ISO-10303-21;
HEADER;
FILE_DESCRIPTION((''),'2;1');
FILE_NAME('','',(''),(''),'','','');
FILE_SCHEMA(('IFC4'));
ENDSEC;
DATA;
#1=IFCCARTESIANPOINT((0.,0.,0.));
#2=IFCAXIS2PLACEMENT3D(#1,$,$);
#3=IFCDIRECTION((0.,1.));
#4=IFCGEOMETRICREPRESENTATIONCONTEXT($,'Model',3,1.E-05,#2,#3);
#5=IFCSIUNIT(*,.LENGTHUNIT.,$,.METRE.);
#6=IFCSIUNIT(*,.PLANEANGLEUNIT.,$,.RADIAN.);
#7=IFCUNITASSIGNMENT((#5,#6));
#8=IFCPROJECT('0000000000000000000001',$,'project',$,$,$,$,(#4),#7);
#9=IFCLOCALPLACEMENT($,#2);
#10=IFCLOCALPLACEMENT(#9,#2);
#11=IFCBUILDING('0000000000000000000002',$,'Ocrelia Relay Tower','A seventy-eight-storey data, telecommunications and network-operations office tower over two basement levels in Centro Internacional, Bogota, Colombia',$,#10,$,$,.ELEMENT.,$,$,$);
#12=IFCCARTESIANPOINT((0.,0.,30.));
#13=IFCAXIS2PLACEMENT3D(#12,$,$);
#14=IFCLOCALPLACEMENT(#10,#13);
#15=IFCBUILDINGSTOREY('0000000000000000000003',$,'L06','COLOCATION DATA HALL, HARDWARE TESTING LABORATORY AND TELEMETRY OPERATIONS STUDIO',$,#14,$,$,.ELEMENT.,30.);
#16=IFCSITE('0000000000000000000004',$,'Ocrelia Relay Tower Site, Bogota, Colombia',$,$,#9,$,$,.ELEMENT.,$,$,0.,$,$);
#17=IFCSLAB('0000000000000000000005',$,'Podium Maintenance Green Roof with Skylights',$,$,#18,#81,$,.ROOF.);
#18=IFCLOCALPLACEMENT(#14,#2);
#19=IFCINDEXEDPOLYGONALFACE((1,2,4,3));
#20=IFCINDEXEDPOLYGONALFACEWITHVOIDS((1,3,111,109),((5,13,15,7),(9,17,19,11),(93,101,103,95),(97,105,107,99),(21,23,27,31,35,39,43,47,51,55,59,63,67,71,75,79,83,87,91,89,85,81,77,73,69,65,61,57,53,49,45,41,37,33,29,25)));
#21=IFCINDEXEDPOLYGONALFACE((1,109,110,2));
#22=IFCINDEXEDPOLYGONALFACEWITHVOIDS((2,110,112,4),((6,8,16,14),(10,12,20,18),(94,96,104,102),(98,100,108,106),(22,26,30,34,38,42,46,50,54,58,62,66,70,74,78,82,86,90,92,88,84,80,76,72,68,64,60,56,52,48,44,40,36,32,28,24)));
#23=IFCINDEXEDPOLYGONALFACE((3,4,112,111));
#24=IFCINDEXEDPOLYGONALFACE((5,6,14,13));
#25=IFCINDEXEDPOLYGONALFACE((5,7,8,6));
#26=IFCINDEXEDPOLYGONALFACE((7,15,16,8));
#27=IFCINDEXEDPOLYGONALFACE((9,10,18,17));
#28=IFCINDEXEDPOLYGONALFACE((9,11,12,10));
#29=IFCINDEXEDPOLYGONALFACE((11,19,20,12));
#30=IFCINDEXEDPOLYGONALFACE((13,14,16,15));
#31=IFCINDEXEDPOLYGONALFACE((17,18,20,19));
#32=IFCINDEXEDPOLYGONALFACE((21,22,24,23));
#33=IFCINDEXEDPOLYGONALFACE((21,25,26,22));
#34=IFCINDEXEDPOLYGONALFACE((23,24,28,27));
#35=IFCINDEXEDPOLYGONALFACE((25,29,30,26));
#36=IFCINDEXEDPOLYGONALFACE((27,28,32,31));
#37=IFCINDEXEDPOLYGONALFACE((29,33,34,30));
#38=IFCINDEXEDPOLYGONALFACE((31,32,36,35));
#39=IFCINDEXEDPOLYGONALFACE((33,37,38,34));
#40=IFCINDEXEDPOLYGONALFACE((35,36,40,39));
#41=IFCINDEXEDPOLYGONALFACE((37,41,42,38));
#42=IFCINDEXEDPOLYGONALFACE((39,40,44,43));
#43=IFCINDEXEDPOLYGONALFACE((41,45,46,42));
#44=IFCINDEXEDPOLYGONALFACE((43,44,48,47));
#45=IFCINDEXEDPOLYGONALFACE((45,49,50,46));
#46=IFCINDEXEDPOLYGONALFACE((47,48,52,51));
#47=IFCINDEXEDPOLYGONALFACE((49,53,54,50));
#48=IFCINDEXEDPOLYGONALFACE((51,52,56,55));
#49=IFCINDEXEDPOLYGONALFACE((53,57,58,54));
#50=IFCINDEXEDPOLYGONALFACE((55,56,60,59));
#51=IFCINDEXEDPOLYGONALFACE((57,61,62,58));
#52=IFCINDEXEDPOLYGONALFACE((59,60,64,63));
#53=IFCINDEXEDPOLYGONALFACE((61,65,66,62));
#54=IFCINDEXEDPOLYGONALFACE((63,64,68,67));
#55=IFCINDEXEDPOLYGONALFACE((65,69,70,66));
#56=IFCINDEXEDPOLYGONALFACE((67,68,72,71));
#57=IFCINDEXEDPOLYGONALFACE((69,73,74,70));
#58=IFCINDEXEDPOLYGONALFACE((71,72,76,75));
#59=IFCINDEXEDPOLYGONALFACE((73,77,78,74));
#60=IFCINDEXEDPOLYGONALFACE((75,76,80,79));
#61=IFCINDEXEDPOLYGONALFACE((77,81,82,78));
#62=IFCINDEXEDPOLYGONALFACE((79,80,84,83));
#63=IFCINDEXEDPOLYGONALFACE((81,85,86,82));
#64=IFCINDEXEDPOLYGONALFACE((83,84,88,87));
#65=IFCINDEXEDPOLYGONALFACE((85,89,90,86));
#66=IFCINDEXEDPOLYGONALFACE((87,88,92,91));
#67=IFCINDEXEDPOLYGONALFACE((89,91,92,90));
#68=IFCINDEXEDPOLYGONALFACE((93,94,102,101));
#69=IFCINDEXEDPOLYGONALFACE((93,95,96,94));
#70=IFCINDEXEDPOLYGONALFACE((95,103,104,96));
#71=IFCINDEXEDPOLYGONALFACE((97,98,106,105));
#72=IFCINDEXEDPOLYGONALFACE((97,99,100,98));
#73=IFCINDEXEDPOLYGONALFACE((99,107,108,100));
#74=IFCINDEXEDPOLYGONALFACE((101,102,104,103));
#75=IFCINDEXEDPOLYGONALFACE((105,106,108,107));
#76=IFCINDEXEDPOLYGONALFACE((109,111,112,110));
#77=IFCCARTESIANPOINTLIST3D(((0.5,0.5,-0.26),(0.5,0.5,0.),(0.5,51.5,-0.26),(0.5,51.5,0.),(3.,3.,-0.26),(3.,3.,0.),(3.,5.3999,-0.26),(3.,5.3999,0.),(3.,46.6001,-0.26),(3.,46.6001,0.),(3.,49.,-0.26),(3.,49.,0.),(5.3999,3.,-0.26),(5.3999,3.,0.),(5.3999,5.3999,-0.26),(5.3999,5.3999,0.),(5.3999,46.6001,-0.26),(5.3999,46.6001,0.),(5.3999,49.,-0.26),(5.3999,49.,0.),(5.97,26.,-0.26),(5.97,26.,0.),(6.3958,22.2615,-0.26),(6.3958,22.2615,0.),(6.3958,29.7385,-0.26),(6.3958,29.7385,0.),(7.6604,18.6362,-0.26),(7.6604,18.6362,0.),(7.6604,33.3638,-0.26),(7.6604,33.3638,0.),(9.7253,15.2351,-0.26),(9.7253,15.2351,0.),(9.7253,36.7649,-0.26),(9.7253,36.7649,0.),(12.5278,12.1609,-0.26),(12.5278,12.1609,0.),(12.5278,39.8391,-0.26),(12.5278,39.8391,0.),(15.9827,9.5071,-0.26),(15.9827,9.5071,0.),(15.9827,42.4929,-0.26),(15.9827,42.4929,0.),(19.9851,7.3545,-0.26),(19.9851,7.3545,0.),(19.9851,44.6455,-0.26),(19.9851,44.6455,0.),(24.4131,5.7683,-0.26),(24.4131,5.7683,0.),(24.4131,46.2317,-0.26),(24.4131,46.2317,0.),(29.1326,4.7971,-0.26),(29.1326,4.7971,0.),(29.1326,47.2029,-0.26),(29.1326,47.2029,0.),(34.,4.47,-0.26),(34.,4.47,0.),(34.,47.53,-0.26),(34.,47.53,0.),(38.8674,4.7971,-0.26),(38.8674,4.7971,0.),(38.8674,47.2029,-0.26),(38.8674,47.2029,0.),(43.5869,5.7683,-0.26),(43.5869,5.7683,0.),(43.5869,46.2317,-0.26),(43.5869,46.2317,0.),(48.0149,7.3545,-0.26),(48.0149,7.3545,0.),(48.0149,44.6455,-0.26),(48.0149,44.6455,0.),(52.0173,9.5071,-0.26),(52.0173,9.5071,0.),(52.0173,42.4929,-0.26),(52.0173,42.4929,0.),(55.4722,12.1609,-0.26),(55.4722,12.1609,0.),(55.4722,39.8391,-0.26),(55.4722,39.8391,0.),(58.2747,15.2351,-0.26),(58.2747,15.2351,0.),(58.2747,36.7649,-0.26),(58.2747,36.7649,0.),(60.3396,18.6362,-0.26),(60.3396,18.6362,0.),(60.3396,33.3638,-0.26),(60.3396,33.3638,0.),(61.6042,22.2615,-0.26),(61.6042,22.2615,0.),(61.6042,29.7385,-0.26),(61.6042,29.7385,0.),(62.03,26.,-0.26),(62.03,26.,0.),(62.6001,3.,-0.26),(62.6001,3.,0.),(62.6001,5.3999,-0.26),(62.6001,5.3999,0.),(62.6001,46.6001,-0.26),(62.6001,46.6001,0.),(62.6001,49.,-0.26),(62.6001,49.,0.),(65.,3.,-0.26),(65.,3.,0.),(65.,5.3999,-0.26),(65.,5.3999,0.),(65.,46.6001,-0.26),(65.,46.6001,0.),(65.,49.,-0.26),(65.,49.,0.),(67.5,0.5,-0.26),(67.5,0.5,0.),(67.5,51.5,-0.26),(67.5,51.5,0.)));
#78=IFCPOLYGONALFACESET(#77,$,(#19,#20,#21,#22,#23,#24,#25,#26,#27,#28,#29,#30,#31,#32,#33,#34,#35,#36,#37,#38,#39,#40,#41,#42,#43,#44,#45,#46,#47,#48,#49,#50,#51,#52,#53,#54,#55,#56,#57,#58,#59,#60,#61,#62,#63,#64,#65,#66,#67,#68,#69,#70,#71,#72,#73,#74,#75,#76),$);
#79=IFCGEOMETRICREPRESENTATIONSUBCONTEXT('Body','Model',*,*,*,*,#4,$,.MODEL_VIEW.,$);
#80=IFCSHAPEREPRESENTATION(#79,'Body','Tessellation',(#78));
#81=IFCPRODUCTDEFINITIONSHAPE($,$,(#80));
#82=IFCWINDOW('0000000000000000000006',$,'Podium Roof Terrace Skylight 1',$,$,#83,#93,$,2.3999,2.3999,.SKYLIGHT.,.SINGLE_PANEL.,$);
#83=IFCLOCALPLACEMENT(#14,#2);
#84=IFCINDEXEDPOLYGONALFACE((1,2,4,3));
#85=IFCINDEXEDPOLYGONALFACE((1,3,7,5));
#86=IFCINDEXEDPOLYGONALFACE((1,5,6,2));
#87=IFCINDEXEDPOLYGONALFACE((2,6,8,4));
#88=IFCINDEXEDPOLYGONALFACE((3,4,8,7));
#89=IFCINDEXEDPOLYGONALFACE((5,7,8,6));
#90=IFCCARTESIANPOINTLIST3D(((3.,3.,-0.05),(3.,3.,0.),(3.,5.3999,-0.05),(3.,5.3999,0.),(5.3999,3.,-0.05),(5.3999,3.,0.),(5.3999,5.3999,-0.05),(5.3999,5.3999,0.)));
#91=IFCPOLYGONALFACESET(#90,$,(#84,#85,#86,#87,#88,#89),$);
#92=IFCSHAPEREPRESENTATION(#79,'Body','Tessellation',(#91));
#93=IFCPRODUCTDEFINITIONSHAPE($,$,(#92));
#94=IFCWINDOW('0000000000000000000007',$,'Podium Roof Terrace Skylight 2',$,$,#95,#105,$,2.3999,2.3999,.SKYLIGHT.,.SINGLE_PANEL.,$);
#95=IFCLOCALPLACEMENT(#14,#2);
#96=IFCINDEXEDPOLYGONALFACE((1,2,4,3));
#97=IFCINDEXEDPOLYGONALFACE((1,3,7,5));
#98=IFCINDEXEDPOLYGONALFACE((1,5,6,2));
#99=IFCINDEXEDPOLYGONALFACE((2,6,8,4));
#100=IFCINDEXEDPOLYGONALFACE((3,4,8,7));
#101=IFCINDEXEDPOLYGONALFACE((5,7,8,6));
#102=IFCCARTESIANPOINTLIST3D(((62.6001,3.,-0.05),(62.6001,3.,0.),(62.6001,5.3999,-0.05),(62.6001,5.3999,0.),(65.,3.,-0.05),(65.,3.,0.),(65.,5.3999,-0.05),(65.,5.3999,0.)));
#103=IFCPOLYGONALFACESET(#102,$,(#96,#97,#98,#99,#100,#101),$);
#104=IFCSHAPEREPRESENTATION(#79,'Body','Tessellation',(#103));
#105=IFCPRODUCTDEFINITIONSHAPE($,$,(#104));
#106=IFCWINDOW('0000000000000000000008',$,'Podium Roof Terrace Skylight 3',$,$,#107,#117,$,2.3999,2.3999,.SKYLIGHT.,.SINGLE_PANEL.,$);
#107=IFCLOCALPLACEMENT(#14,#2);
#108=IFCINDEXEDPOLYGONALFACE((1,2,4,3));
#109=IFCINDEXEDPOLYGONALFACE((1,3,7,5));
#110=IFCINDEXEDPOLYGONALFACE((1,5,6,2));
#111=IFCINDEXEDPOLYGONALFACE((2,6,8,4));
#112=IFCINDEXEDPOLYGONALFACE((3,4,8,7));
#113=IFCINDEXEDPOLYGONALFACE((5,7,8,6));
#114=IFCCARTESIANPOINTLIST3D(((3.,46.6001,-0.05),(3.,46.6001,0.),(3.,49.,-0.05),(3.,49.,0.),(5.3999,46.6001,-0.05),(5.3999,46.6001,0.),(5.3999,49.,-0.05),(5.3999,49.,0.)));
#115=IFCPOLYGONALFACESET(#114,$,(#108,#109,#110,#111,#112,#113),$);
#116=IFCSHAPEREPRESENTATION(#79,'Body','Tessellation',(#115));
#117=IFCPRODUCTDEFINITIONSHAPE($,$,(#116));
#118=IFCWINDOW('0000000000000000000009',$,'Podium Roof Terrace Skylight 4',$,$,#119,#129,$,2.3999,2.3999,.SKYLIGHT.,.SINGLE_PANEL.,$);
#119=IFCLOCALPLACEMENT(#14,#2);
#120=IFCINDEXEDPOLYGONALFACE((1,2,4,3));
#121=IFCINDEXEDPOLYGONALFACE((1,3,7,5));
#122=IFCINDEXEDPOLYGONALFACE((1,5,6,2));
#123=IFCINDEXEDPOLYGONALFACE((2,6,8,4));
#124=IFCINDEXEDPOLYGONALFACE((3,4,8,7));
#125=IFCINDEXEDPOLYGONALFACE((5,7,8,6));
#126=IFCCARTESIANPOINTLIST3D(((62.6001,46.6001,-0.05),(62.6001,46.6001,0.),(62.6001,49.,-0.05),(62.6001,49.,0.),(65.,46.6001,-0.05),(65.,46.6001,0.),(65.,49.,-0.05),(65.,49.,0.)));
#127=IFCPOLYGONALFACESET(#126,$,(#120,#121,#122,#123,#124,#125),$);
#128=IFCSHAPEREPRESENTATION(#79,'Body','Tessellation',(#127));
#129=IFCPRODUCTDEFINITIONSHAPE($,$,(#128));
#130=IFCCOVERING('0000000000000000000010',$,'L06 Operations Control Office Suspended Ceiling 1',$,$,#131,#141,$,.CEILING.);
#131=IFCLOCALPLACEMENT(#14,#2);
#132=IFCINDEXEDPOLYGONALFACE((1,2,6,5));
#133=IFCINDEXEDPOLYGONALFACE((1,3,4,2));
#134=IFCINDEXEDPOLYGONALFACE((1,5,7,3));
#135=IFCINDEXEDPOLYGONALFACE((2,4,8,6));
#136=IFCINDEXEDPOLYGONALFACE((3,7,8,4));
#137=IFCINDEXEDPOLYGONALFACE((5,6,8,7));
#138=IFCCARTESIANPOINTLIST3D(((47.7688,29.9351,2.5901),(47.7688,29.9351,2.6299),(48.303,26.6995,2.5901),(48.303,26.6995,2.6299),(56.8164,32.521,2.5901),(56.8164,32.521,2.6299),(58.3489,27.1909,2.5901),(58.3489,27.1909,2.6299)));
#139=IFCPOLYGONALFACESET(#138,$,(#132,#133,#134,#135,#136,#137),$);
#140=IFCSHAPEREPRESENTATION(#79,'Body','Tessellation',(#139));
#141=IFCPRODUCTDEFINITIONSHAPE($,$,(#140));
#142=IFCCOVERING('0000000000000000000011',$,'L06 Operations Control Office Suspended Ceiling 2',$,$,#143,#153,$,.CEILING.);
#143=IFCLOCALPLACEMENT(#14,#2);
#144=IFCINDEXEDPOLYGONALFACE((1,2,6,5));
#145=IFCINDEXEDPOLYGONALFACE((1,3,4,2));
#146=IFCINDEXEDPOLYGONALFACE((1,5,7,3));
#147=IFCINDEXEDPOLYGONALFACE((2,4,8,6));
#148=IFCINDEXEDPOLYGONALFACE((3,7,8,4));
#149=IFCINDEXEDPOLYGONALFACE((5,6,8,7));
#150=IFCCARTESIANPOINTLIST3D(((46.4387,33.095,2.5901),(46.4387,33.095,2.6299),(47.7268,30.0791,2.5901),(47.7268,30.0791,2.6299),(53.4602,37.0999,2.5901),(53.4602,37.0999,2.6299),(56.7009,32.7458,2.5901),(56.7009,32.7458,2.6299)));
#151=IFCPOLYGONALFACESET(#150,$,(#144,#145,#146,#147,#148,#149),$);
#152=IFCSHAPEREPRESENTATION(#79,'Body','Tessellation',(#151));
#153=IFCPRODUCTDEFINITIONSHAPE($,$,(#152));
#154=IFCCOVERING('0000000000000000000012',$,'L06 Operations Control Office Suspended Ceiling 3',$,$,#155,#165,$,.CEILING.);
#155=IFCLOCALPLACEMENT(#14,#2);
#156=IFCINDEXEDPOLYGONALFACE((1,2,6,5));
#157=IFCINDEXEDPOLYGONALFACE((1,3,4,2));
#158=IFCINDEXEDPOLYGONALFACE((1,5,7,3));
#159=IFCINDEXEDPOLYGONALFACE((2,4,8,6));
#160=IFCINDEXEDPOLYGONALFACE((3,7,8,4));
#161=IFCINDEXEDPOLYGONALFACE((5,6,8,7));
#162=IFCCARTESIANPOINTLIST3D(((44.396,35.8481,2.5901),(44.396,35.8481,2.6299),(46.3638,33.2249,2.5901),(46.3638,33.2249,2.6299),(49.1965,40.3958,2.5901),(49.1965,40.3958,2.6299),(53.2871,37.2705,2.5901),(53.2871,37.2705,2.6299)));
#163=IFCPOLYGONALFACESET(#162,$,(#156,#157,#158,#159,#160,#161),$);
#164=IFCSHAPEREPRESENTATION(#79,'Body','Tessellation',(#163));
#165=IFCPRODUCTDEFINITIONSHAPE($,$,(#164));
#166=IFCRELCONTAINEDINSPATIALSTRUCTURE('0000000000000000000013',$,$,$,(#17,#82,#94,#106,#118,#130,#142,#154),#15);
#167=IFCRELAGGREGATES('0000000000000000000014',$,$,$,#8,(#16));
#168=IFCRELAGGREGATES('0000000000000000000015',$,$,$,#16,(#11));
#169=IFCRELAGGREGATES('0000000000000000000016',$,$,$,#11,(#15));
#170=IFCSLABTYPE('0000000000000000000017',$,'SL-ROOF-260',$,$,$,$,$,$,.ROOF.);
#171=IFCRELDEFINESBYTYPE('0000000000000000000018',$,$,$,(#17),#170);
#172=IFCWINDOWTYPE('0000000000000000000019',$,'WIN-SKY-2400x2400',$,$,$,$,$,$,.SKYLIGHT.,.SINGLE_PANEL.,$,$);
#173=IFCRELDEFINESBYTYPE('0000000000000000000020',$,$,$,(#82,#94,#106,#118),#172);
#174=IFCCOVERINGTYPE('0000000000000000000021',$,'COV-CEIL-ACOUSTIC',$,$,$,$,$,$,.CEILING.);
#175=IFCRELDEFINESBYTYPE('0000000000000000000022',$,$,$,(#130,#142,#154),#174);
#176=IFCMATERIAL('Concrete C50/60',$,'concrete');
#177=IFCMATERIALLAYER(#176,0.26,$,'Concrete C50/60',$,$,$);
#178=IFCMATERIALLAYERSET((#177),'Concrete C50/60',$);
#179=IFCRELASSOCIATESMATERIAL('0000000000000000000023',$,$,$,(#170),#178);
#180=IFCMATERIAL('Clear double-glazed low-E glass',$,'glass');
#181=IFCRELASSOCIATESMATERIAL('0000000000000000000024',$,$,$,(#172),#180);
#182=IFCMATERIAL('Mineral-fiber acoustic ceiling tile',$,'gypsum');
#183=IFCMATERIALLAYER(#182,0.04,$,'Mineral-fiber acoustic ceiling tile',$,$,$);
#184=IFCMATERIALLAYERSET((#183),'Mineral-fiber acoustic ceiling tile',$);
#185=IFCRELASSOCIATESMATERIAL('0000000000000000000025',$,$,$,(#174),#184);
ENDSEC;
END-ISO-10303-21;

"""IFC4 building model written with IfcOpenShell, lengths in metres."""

from ifc_helpers import new_model, si_unit, direction, frame, origin, origin_2d, place, context, subcontext, project, spatial, polyline, rectangle, outline, extrude, material, layer, layer_set, type_object, element, fill, save


model = new_model("IFC4")

# Units and contexts
model_context = context("Model", 3, precision=1e-05, world=origin(), true_north=direction((0.0, 1.0)))
body_context = subcontext(model_context, "Body", "Model", "MODEL_VIEW")
ifc_project = project(units=[si_unit("LENGTHUNIT", "METRE"), si_unit("PLANEANGLEUNIT", "RADIAN")], contexts=[model_context])

# Site, building, storey
site_placement = place(None, origin())
site = spatial("IfcSite", under=ifc_project, at=site_placement, Name="Ocrelia Relay Tower Site, Bogota, Colombia", CompositionType="ELEMENT", RefElevation=0.0)
building_placement = place(site_placement, origin())
building = spatial("IfcBuilding", under=site, at=building_placement, Name="Ocrelia Relay Tower", Description="A seventy-eight-storey data, telecommunications and network-operations office tower over two basement levels in Centro Internacional, Bogota, Colombia", CompositionType="ELEMENT")
storey_placement = place(building_placement, frame((0.0, 0.0, 30.0)))
storey = spatial("IfcBuildingStorey", under=building, at=storey_placement, Name="L06", Description="COLOCATION DATA HALL, HARDWARE TESTING LABORATORY AND TELEMETRY OPERATIONS STUDIO", CompositionType="ELEMENT", Elevation=30.0)

# Shared definitions
ifc_material_1 = material(Name="Concrete C50/60", Category="concrete")

# Slab, openings, windows
ifc_layer_1 = layer(ifc_material_1, 0.26, Name="Concrete C50/60")
ifc_layer_set_1 = layer_set([ifc_layer_1], Name="Concrete C50/60")
slab_type_1 = type_object("IfcSlabType", Name="SL-ROOF-260", PredefinedType="ROOF", material=ifc_layer_set_1)
slab_1_placement = place(storey_placement, frame((0.0, 0.0, -0.26)))
slab_1 = element("IfcSlab", 1, at=slab_1_placement, inside=storey, type_object=slab_type_1, Name="Podium Maintenance Green Roof with Skylights", PredefinedType="ROOF", context=body_context, shape_type="SweptSolid", body=[
    extrude(outline(polyline([(0.5, 0.5), (67.5, 0.5), (67.5, 51.5), (0.5, 51.5), (0.5, 0.5)]), holes=[polyline([(62.03, 26.0), (61.6042, 29.7385), (60.3396, 33.3638), (58.2747, 36.7649), (55.4722, 39.8391), (52.0173, 42.4929), (48.0149, 44.6455), (43.5869, 46.2317), (38.8674, 47.2029), (34.0, 47.53), (29.1326, 47.2029), (24.4131, 46.2317), (19.9851, 44.6455), (15.9827, 42.4929), (12.5278, 39.8391), (9.7253, 36.7649), (7.6604, 33.3638), (6.3958, 29.7385), (5.97, 26.0), (6.3958, 22.2615), (7.6604, 18.6362), (9.7253, 15.2351), (12.5278, 12.1609), (15.9827, 9.5071), (19.9851, 7.3545), (24.4131, 5.7683), (29.1326, 4.7971), (34.0, 4.47), (38.8674, 4.7971), (43.5869, 5.7683), (48.0149, 7.3545), (52.0173, 9.5071), (55.4722, 12.1609), (58.2747, 15.2351), (60.3396, 18.6362), (61.6042, 22.2615), (62.03, 26.0)]), polyline([(3.0, 3.0), (5.3999, 3.0), (5.3999, 5.3999), (3.0, 5.3999), (3.0, 3.0)]), polyline([(62.6001, 3.0), (65.0, 3.0), (65.0, 5.3999), (62.6001, 5.3999), (62.6001, 3.0)]), polyline([(3.0, 46.6001), (5.3999, 46.6001), (5.3999, 49.0), (3.0, 49.0), (3.0, 46.6001)]), polyline([(62.6001, 46.6001), (65.0, 46.6001), (65.0, 49.0), (62.6001, 49.0), (62.6001, 46.6001)])]), origin(), (0.0, 0.0, 1.0), 0.26),
])
opening_1_placement = place(slab_1_placement, frame((4.2, 4.2, 0.0)))
opening_1 = element("IfcOpeningElement", 2, at=opening_1_placement, cuts=slab_1, PredefinedType="OPENING", context=body_context, shape_type="SweptSolid", body=[
    extrude(rectangle(XDim=2.3999, YDim=2.3999, at=origin_2d()), frame((0.0, 0.0, -0.01)), (0.0, 0.0, 1.0), 0.28),
])
opening_2_placement = place(slab_1_placement, frame((63.8, 4.2, 0.0)))
opening_2 = element("IfcOpeningElement", 3, at=opening_2_placement, cuts=slab_1, PredefinedType="OPENING", context=body_context, shape_type="SweptSolid", body=[
    extrude(rectangle(XDim=2.3999, YDim=2.3999, at=origin_2d()), frame((0.0, 0.0, -0.01)), (0.0, 0.0, 1.0), 0.28),
])
opening_3_placement = place(slab_1_placement, frame((4.2, 47.8, 0.0)))
opening_3 = element("IfcOpeningElement", 4, at=opening_3_placement, cuts=slab_1, PredefinedType="OPENING", context=body_context, shape_type="SweptSolid", body=[
    extrude(rectangle(XDim=2.3999, YDim=2.3999, at=origin_2d()), frame((0.0, 0.0, -0.01)), (0.0, 0.0, 1.0), 0.28),
])
opening_4_placement = place(slab_1_placement, frame((63.8, 47.8, 0.0)))
opening_4 = element("IfcOpeningElement", 5, at=opening_4_placement, cuts=slab_1, PredefinedType="OPENING", context=body_context, shape_type="SweptSolid", body=[
    extrude(rectangle(XDim=2.3999, YDim=2.3999, at=origin_2d()), frame((0.0, 0.0, -0.01)), (0.0, 0.0, 1.0), 0.28),
])
ifc_material_2 = material(Name="Clear double-glazed low-E glass", Category="glass")
window_type = type_object("IfcWindowType", Name="WIN-SKY-2400x2400", PartitioningType="SINGLE_PANEL", PredefinedType="SKYLIGHT", material=ifc_material_2)
window_1_placement = place(opening_1_placement, frame((0.0, 0.0, 0.21)))
window_1 = element("IfcWindow", 6, at=window_1_placement, inside=storey, type_object=window_type, Name="Podium Roof Terrace Skylight 1", OverallHeight=2.3999, OverallWidth=2.3999, PartitioningType="SINGLE_PANEL", PredefinedType="SKYLIGHT", context=body_context, shape_type="SweptSolid", body=[
    extrude(rectangle(XDim=2.3999, YDim=2.3999, at=origin_2d()), origin(), (0.0, 0.0, 1.0), 0.05),
])
fill(opening_1, window_1)
window_2_placement = place(opening_2_placement, frame((0.0, 0.0, 0.21)))
window_2 = element("IfcWindow", 7, at=window_2_placement, inside=storey, type_object=window_type, Name="Podium Roof Terrace Skylight 2", OverallHeight=2.3999, OverallWidth=2.3999, PartitioningType="SINGLE_PANEL", PredefinedType="SKYLIGHT", context=body_context, shape_type="SweptSolid", body=[
    extrude(rectangle(XDim=2.3999, YDim=2.3999, at=origin_2d()), origin(), (0.0, 0.0, 1.0), 0.05),
])
fill(opening_2, window_2)
window_3_placement = place(opening_3_placement, frame((0.0, 0.0, 0.21)))
window_3 = element("IfcWindow", 8, at=window_3_placement, inside=storey, type_object=window_type, Name="Podium Roof Terrace Skylight 3", OverallHeight=2.3999, OverallWidth=2.3999, PartitioningType="SINGLE_PANEL", PredefinedType="SKYLIGHT", context=body_context, shape_type="SweptSolid", body=[
    extrude(rectangle(XDim=2.3999, YDim=2.3999, at=origin_2d()), origin(), (0.0, 0.0, 1.0), 0.05),
])
fill(opening_3, window_3)
window_4_placement = place(opening_4_placement, frame((0.0, 0.0, 0.21)))
window_4 = element("IfcWindow", 9, at=window_4_placement, inside=storey, type_object=window_type, Name="Podium Roof Terrace Skylight 4", OverallHeight=2.3999, OverallWidth=2.3999, PartitioningType="SINGLE_PANEL", PredefinedType="SKYLIGHT", context=body_context, shape_type="SweptSolid", body=[
    extrude(rectangle(XDim=2.3999, YDim=2.3999, at=origin_2d()), origin(), (0.0, 0.0, 1.0), 0.05),
])
fill(opening_4, window_4)

# Coverings
ifc_material_3 = material(Name="Mineral-fiber acoustic ceiling tile", Category="gypsum")
ifc_layer_2 = layer(ifc_material_3, 0.04, Name="Mineral-fiber acoustic ceiling tile")
ifc_layer_set_2 = layer_set([ifc_layer_2], Name="Mineral-fiber acoustic ceiling tile")
covering_type_1 = type_object("IfcCoveringType", Name="COV-CEIL-ACOUSTIC", PredefinedType="CEILING", material=ifc_layer_set_2)
covering_1_placement = place(storey_placement, frame((0.0, 0.0, 2.5901)))
element("IfcCovering", 10, at=covering_1_placement, inside=storey, type_object=covering_type_1, Name="L06 Operations Control Office Suspended Ceiling 1", PredefinedType="CEILING", context=body_context, shape_type="SweptSolid", body=[
    extrude(outline(polyline([(48.303, 26.6995), (58.3489, 27.1909), (56.8164, 32.521), (47.7688, 29.9351), (48.303, 26.6995)])), origin(), (0.0, 0.0, 1.0), 0.0398),
])
covering_2_placement = place(storey_placement, frame((0.0, 0.0, 2.5901)))
element("IfcCovering", 11, at=covering_2_placement, inside=storey, type_object=covering_type_1, Name="L06 Operations Control Office Suspended Ceiling 2", PredefinedType="CEILING", context=body_context, shape_type="SweptSolid", body=[
    extrude(outline(polyline([(47.7268, 30.0791), (56.7009, 32.7458), (53.4602, 37.0999), (46.4387, 33.095), (47.7268, 30.0791)])), origin(), (0.0, 0.0, 1.0), 0.0398),
])
covering_3_placement = place(storey_placement, frame((0.0, 0.0, 2.5901)))
element("IfcCovering", 12, at=covering_3_placement, inside=storey, type_object=covering_type_1, Name="L06 Operations Control Office Suspended Ceiling 3", PredefinedType="CEILING", context=body_context, shape_type="SweptSolid", body=[
    extrude(outline(polyline([(46.3638, 33.2249), (53.2871, 37.2705), (49.1965, 40.3958), (44.396, 35.8481), (46.3638, 33.2249)])), origin(), (0.0, 0.0, 1.0), 0.0398),
])

save(model, "model.ifc")
